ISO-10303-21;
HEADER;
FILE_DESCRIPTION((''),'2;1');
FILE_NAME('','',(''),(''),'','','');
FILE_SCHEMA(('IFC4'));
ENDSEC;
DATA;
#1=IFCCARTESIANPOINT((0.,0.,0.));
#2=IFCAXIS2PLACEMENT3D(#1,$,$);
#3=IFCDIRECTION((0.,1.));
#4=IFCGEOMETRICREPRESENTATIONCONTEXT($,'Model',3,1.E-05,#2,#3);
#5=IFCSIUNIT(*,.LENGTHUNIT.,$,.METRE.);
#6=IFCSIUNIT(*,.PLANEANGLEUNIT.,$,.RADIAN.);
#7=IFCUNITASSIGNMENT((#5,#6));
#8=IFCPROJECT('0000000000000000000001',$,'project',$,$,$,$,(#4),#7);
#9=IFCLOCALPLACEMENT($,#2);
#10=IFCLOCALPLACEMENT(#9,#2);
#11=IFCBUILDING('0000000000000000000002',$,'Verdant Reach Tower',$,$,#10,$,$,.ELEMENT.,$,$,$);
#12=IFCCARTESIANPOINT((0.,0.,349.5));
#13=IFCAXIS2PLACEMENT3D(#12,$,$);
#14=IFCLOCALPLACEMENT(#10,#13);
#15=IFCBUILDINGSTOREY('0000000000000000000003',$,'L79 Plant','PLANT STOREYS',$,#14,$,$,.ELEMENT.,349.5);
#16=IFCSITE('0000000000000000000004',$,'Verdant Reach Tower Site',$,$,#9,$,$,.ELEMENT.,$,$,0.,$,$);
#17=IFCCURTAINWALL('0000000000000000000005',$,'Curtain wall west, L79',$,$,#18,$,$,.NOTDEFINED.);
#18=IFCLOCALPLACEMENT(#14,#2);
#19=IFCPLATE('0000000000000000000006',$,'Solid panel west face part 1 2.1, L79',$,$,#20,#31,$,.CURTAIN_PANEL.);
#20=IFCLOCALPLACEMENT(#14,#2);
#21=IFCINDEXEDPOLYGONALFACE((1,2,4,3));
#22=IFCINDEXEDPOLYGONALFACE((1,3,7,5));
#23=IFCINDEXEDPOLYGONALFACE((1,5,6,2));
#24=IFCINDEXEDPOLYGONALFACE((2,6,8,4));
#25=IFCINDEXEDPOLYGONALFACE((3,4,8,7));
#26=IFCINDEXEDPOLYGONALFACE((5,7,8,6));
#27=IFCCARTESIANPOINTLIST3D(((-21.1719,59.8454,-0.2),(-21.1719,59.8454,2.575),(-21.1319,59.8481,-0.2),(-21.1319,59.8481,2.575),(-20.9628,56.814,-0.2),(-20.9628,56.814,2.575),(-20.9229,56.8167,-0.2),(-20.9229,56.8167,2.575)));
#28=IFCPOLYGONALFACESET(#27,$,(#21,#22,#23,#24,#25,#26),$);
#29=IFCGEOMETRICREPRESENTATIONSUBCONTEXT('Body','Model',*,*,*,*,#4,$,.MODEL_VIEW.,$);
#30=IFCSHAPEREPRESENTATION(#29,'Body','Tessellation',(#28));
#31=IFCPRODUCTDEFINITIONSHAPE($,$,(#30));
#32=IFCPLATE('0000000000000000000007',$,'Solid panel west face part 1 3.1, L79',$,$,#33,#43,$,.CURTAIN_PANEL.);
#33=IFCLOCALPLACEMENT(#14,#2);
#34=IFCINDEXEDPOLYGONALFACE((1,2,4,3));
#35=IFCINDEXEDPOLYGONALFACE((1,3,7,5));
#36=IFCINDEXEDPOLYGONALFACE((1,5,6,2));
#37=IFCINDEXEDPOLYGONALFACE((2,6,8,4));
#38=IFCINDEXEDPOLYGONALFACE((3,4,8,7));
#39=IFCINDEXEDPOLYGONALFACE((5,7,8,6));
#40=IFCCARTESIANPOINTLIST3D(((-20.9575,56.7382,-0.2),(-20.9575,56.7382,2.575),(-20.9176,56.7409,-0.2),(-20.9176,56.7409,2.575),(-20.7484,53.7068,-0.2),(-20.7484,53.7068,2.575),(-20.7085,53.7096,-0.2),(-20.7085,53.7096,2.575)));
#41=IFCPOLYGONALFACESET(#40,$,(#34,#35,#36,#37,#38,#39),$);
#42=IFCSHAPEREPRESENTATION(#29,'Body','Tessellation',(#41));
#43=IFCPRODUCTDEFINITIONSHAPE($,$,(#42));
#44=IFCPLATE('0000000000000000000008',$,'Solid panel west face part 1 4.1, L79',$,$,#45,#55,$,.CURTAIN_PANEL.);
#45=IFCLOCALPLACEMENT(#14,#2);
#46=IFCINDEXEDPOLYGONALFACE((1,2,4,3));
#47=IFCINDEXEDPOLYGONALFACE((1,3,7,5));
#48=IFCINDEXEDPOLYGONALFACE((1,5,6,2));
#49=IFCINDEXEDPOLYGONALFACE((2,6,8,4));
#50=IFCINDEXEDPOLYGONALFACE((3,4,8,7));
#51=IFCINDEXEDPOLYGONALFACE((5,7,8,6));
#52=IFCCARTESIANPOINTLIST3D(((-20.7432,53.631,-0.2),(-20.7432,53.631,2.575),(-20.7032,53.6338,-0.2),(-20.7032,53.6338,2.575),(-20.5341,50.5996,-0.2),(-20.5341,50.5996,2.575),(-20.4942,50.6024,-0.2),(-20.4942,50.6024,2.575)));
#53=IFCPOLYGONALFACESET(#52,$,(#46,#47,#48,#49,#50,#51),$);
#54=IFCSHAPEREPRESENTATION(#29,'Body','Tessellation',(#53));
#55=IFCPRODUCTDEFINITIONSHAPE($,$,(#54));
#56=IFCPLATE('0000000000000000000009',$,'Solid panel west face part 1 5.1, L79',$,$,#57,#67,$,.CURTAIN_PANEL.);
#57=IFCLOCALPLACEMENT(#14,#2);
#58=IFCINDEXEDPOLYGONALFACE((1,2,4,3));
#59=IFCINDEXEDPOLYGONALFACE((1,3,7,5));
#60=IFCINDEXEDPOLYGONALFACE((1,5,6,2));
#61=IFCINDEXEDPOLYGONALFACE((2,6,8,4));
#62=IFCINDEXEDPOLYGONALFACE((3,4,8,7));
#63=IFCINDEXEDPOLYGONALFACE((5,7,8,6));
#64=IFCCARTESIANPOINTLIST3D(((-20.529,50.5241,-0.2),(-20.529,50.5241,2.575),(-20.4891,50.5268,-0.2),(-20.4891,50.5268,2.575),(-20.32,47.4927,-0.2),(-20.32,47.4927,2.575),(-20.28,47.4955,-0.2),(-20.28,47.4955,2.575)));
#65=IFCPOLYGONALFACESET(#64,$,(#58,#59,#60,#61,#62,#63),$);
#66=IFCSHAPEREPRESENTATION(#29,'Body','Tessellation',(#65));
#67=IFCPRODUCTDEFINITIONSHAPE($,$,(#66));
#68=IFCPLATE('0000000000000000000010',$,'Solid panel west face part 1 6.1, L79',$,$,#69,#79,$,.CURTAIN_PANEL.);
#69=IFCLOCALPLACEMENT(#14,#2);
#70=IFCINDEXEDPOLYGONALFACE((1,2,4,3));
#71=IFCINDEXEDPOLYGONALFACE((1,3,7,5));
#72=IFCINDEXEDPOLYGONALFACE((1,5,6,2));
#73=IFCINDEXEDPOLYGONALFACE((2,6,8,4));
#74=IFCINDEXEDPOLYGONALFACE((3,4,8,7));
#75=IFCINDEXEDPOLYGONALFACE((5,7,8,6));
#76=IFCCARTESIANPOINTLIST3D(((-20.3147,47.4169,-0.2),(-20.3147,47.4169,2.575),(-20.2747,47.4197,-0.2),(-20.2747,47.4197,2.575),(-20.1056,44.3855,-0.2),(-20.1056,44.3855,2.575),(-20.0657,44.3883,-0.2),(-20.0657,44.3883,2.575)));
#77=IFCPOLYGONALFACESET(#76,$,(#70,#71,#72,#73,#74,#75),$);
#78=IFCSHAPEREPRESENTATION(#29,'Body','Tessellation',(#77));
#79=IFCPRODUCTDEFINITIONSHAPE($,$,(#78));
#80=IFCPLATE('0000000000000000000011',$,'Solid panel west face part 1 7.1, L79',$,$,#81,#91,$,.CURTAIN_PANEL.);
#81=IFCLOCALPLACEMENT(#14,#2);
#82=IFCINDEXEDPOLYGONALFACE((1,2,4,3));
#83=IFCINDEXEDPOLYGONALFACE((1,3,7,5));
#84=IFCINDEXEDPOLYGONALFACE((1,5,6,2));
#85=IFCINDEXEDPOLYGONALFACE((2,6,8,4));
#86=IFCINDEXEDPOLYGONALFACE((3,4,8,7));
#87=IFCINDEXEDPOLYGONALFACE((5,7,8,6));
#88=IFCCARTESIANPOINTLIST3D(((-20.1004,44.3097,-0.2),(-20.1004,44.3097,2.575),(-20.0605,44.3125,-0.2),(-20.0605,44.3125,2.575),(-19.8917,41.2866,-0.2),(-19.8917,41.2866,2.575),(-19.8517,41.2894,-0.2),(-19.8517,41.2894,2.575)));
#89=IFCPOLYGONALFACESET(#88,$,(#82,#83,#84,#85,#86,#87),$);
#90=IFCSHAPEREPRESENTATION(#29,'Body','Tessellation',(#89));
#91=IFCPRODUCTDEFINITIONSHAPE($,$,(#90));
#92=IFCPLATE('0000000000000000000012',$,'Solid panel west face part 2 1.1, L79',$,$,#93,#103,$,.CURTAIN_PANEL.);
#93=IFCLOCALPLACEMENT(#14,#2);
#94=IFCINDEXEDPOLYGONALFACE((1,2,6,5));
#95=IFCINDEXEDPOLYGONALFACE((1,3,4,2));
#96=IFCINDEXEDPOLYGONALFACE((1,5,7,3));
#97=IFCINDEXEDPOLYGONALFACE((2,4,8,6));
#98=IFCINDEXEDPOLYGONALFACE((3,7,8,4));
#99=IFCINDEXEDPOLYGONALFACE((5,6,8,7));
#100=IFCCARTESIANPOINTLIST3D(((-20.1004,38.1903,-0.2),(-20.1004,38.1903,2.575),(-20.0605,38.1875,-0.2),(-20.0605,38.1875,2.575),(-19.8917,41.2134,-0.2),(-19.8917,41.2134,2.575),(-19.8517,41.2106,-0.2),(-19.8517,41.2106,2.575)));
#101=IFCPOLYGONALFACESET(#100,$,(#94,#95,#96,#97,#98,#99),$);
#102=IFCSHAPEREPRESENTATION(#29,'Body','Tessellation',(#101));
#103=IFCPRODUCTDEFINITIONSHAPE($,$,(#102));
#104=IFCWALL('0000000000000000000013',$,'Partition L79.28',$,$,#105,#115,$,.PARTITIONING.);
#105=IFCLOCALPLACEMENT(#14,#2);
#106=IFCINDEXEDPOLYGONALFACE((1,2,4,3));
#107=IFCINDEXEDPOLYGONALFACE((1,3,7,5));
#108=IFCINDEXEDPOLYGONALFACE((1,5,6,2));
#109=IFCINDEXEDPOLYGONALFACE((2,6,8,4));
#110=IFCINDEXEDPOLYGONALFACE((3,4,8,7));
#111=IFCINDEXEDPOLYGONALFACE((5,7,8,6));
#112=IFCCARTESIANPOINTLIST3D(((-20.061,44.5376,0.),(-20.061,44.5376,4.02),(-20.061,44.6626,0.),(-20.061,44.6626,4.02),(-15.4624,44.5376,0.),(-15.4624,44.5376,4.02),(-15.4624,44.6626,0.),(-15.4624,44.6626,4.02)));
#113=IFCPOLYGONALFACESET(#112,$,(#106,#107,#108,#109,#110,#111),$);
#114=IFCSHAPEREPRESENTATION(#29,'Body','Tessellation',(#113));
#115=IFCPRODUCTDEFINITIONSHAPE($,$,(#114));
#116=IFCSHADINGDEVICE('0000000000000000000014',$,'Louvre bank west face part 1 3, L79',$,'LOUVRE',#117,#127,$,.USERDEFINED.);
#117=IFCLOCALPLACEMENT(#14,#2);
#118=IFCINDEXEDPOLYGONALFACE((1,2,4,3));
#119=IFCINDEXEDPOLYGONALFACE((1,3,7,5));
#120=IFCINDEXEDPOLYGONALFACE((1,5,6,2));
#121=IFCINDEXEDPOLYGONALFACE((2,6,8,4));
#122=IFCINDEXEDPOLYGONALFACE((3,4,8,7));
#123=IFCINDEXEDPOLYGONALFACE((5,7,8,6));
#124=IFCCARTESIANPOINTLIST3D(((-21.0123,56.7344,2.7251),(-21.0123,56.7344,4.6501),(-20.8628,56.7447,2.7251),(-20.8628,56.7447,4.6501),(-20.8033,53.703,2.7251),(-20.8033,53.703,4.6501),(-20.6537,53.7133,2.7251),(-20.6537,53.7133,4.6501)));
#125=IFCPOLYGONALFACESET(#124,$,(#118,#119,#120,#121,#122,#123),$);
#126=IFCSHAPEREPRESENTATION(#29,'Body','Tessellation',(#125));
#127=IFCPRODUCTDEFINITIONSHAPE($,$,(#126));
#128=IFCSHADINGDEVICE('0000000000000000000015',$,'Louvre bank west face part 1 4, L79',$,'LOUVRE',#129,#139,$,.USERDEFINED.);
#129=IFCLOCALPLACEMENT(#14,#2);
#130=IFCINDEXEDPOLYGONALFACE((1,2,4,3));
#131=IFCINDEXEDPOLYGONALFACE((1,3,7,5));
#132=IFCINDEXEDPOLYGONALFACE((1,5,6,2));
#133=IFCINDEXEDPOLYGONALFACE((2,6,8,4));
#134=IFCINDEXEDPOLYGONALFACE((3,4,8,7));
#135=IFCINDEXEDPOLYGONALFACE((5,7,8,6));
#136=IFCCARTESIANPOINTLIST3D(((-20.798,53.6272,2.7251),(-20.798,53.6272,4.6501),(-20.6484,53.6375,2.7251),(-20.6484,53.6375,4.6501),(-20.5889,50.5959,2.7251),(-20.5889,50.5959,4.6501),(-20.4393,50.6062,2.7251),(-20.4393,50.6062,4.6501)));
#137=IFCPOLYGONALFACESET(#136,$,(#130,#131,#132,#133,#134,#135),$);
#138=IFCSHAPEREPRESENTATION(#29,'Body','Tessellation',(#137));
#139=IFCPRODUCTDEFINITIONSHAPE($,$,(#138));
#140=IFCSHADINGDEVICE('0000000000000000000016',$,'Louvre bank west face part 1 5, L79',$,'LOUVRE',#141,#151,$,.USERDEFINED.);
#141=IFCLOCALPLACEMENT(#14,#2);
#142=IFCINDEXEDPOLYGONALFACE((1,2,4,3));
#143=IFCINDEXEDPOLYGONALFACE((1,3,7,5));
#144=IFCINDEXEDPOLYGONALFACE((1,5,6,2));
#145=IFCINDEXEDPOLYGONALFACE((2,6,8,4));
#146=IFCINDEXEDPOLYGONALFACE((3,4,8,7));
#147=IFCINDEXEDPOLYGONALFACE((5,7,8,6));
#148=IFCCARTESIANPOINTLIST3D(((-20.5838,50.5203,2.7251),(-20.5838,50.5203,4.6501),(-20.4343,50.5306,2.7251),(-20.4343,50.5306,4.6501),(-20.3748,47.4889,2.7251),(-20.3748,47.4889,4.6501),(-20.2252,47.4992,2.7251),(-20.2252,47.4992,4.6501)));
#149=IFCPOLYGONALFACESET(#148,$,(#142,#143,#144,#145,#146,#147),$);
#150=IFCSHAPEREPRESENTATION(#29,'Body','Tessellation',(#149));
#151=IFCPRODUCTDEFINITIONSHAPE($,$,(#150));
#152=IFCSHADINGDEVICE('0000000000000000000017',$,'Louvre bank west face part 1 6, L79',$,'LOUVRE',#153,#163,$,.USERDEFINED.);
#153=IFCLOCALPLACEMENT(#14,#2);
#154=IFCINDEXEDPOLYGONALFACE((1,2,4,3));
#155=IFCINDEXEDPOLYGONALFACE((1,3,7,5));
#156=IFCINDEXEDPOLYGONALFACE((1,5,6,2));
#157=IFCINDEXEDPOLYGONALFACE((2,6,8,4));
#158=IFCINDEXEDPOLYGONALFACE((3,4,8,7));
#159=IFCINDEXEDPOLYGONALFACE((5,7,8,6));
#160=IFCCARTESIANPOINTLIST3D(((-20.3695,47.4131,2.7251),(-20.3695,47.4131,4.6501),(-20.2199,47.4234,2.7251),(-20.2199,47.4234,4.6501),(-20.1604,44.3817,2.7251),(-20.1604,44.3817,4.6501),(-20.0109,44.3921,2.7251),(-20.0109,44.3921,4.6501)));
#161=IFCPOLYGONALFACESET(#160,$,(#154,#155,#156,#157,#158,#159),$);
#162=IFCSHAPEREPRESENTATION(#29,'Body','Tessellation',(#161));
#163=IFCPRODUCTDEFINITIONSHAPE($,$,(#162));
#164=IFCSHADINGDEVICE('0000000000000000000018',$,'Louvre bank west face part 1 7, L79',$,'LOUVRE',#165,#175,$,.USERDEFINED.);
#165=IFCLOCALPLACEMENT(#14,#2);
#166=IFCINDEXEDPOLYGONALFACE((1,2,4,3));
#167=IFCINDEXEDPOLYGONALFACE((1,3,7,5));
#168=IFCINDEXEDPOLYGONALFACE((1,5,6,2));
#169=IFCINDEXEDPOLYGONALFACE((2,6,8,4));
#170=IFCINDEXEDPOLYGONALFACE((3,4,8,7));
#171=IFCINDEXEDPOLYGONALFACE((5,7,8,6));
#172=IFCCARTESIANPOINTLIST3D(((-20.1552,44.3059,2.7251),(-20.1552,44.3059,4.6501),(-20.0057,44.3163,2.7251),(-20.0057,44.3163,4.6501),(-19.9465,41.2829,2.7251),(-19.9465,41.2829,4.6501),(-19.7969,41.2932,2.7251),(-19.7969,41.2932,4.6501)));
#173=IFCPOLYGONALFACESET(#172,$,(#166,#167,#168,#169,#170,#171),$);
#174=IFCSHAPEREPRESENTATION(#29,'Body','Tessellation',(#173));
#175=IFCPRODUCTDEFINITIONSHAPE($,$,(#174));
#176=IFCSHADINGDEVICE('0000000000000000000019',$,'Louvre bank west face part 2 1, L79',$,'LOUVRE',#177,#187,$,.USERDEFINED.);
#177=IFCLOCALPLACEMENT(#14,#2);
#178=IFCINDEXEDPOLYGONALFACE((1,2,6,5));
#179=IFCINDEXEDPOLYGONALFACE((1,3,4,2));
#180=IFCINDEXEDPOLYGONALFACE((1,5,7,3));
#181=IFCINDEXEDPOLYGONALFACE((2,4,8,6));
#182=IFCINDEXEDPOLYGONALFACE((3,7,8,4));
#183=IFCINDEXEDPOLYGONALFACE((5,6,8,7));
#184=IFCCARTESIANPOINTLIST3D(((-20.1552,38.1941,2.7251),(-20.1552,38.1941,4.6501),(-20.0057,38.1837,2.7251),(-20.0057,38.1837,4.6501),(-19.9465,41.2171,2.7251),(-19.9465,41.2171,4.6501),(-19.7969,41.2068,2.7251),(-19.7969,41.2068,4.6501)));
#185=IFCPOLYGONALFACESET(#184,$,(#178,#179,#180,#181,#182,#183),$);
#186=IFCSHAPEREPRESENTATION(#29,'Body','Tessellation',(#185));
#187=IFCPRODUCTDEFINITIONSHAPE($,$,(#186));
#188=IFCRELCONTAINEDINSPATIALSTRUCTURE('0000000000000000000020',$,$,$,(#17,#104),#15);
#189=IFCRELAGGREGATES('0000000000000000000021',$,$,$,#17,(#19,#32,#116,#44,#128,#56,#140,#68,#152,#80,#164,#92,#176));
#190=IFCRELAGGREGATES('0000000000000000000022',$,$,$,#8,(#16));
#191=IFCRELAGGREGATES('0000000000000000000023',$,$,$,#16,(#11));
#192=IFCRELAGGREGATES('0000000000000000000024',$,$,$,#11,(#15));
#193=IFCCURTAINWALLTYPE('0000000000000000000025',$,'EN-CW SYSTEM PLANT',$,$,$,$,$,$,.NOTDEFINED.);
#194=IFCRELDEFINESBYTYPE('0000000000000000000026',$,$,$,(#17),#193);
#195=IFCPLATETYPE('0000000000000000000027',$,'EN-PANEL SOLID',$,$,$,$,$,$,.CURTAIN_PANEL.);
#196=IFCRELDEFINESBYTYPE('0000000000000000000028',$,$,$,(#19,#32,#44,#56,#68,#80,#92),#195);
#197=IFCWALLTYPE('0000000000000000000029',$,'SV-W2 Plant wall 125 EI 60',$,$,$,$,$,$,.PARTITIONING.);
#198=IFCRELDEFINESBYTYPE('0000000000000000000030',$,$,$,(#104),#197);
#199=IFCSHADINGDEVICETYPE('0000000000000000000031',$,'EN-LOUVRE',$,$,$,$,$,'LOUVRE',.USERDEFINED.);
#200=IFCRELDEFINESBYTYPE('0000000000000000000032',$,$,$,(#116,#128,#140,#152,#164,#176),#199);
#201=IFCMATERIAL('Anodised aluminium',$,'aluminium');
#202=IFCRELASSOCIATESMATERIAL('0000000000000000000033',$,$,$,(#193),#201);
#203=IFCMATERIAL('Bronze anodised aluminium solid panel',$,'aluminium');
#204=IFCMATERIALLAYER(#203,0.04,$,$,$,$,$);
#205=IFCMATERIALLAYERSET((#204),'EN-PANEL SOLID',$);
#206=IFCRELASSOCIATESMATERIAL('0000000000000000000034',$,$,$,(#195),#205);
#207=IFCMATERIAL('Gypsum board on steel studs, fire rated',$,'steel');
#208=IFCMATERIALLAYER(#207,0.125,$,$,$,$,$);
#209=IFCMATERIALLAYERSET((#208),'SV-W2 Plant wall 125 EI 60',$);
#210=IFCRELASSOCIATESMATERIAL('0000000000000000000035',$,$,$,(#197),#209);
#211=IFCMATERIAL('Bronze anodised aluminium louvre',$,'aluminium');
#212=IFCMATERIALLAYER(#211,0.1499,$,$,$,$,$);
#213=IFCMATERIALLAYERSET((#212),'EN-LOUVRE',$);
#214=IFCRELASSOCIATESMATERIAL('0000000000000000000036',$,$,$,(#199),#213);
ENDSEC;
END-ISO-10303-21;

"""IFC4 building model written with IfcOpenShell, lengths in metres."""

from ifc_helpers import new_model, si_unit, direction, frame, frame_2d, origin, origin_2d, place, context, subcontext, project, spatial, rectangle, extrude, material, layer, layer_set, type_object, element, aggregate, save


model = new_model("IFC4")

# Units and contexts
model_context = context("Model", 3, precision=1e-05, world=origin(), true_north=direction((0.0, 1.0)))
body_context = subcontext(model_context, "Body", "Model", "MODEL_VIEW")
ifc_project = project(units=[si_unit("LENGTHUNIT", "METRE"), si_unit("PLANEANGLEUNIT", "RADIAN")], contexts=[model_context])

# Site, building, storey
site_placement = place(None, origin())
site = spatial("IfcSite", under=ifc_project, at=site_placement, Name="Verdant Reach Tower Site", CompositionType="ELEMENT", RefElevation=0.0)
building_placement = place(site_placement, origin())
building = spatial("IfcBuilding", under=site, at=building_placement, Name="Verdant Reach Tower", CompositionType="ELEMENT")
storey_placement = place(building_placement, frame((0.0, 0.0, 349.5)))
storey = spatial("IfcBuildingStorey", under=building, at=storey_placement, Name="L79 Plant", Description="PLANT STOREYS", CompositionType="ELEMENT", Elevation=349.5)

# Curtain wall
ifc_material_1 = material(Name="Anodised aluminium", Category="aluminium")
curtain_wall_type = type_object("IfcCurtainWallType", Name="EN-CW SYSTEM PLANT", PredefinedType="NOTDEFINED", material=ifc_material_1)
curtain_wall_placement = place(storey_placement, origin())
curtain_wall = element("IfcCurtainWall", 1, at=curtain_wall_placement, inside=storey, type_object=curtain_wall_type, Name="Curtain wall west, L79", PredefinedType="NOTDEFINED")

# Plates
ifc_material_2 = material(Name="Bronze anodised aluminium solid panel", Category="aluminium")
ifc_layer_1 = layer(ifc_material_2, 0.04)
ifc_layer_set_1 = layer_set([ifc_layer_1], Name="EN-PANEL SOLID")
plate_type = type_object("IfcPlateType", Name="EN-PANEL SOLID", PredefinedType="CURTAIN_PANEL", material=ifc_layer_set_1)
plate_1_placement = place(storey_placement, frame((-21.0474, 58.3311, -0.2), z_axis=(0.0, 0.0, 1.0), x_axis=(0.068802, -0.99763, 0.0)))
plate_1 = element("IfcPlate", 2, at=plate_1_placement, type_object=plate_type, Name="Solid panel west face part 1 2.1, L79", PredefinedType="CURTAIN_PANEL", context=body_context, shape_type="SweptSolid", body=[
    extrude(rectangle(XDim=3.0386, YDim=0.04, at=origin_2d()), origin(), (0.0, 0.0, 1.0), 2.7749),
])
plate_2_placement = place(storey_placement, frame((-20.833, 55.2239, -0.2), z_axis=(0.0, 0.0, 1.0), x_axis=(0.068802, -0.99763, 0.0)))
plate_2 = element("IfcPlate", 3, at=plate_2_placement, type_object=plate_type, Name="Solid panel west face part 1 3.1, L79", PredefinedType="CURTAIN_PANEL", context=body_context, shape_type="SweptSolid", body=[
    extrude(rectangle(XDim=3.0386, YDim=0.04, at=origin_2d()), origin(), (0.0, 0.0, 1.0), 2.7749),
])
plate_3_placement = place(storey_placement, frame((-20.6187, 52.1167, -0.2), z_axis=(0.0, 0.0, 1.0), x_axis=(0.068802, -0.99763, 0.0)))
plate_3 = element("IfcPlate", 4, at=plate_3_placement, type_object=plate_type, Name="Solid panel west face part 1 4.1, L79", PredefinedType="CURTAIN_PANEL", context=body_context, shape_type="SweptSolid", body=[
    extrude(rectangle(XDim=3.0386, YDim=0.04, at=origin_2d()), origin(), (0.0, 0.0, 1.0), 2.7749),
])
plate_4_placement = place(storey_placement, frame((-20.4045, 49.0098, -0.2), z_axis=(0.0, 0.0, 1.0), x_axis=(0.068802, -0.99763, 0.0)))
plate_4 = element("IfcPlate", 5, at=plate_4_placement, type_object=plate_type, Name="Solid panel west face part 1 5.1, L79", PredefinedType="CURTAIN_PANEL", context=body_context, shape_type="SweptSolid", body=[
    extrude(rectangle(XDim=3.0386, YDim=0.04, at=origin_2d()), origin(), (0.0, 0.0, 1.0), 2.7749),
])
plate_5_placement = place(storey_placement, frame((-20.1902, 45.9026, -0.2), z_axis=(0.0, 0.0, 1.0), x_axis=(0.068802, -0.99763, 0.0)))
plate_5 = element("IfcPlate", 6, at=plate_5_placement, type_object=plate_type, Name="Solid panel west face part 1 6.1, L79", PredefinedType="CURTAIN_PANEL", context=body_context, shape_type="SweptSolid", body=[
    extrude(rectangle(XDim=3.0386, YDim=0.04, at=origin_2d()), origin(), (0.0, 0.0, 1.0), 2.7749),
])
plate_6_placement = place(storey_placement, frame((-19.9761, 42.7996, -0.2), z_axis=(0.0, 0.0, 1.0), x_axis=(0.068893, -0.997624, 0.0)))
plate_6 = element("IfcPlate", 7, at=plate_6_placement, type_object=plate_type, Name="Solid panel west face part 1 7.1, L79", PredefinedType="CURTAIN_PANEL", context=body_context, shape_type="SweptSolid", body=[
    extrude(rectangle(XDim=3.0303, YDim=0.04, at=origin_2d()), origin(), (0.0, 0.0, 1.0), 2.7749),
])
plate_7_placement = place(storey_placement, frame((-19.9761, 39.7004, -0.2), z_axis=(0.0, 0.0, 1.0), x_axis=(-0.068893, -0.997624, 0.0)))
plate_7 = element("IfcPlate", 8, at=plate_7_placement, type_object=plate_type, Name="Solid panel west face part 2 1.1, L79", PredefinedType="CURTAIN_PANEL", context=body_context, shape_type="SweptSolid", body=[
    extrude(rectangle(XDim=3.0303, YDim=0.04, at=origin_2d()), origin(), (0.0, 0.0, 1.0), 2.7749),
])

# Wall
ifc_material_3 = material(Name="Gypsum board on steel studs, fire rated", Category="steel")
ifc_layer_2 = layer(ifc_material_3, 0.125)
ifc_layer_set_2 = layer_set([ifc_layer_2], Name="SV-W2 Plant wall 125 EI 60")
wall_type = type_object("IfcWallType", Name="SV-W2 Plant wall 125 EI 60", PredefinedType="PARTITIONING", material=ifc_layer_set_2)
wall_placement = place(storey_placement, frame((-20.061, 44.6001, 0.0), z_axis=(0.0, 0.0, 1.0), x_axis=(1.0, 0.0, 0.0)))
element("IfcWall", 9, at=wall_placement, inside=storey, type_object=wall_type, Name="Partition L79.28", PredefinedType="PARTITIONING", context=body_context, shape_type="SweptSolid", body=[
    extrude(rectangle(XDim=4.5986, YDim=0.125, at=frame_2d((2.2993, 0.0))), origin(), (0.0, 0.0, 1.0), 4.02),
])

# Shading devices
ifc_material_4 = material(Name="Bronze anodised aluminium louvre", Category="aluminium")
ifc_layer_3 = layer(ifc_material_4, 0.1499)
ifc_layer_set_3 = layer_set([ifc_layer_3], Name="EN-LOUVRE")
shading_device_type = type_object("IfcShadingDeviceType", Name="EN-LOUVRE", ElementType="LOUVRE", PredefinedType="USERDEFINED", material=ifc_layer_set_3)
shading_device_1_placement = place(storey_placement, frame((-20.833, 55.2239, 2.7251), z_axis=(0.0, 0.0, 1.0), x_axis=(0.068802, -0.99763, 0.0)))
shading_device_1 = element("IfcShadingDevice", 10, at=shading_device_1_placement, type_object=shading_device_type, Name="Louvre bank west face part 1 3, L79", ObjectType="LOUVRE", PredefinedType="USERDEFINED", context=body_context, shape_type="SweptSolid", body=[
    extrude(rectangle(XDim=3.0386, YDim=0.1499, at=origin_2d()), origin(), (0.0, 0.0, 1.0), 1.925),
])
shading_device_2_placement = place(storey_placement, frame((-20.6187, 52.1167, 2.7251), z_axis=(0.0, 0.0, 1.0), x_axis=(0.068802, -0.99763, 0.0)))
shading_device_2 = element("IfcShadingDevice", 11, at=shading_device_2_placement, type_object=shading_device_type, Name="Louvre bank west face part 1 4, L79", ObjectType="LOUVRE", PredefinedType="USERDEFINED", context=body_context, shape_type="SweptSolid", body=[
    extrude(rectangle(XDim=3.0386, YDim=0.1499, at=origin_2d()), origin(), (0.0, 0.0, 1.0), 1.925),
])
shading_device_3_placement = place(storey_placement, frame((-20.4045, 49.0098, 2.7251), z_axis=(0.0, 0.0, 1.0), x_axis=(0.068802, -0.99763, 0.0)))
shading_device_3 = element("IfcShadingDevice", 12, at=shading_device_3_placement, type_object=shading_device_type, Name="Louvre bank west face part 1 5, L79", ObjectType="LOUVRE", PredefinedType="USERDEFINED", context=body_context, shape_type="SweptSolid", body=[
    extrude(rectangle(XDim=3.0386, YDim=0.1499, at=origin_2d()), origin(), (0.0, 0.0, 1.0), 1.925),
])
shading_device_4_placement = place(storey_placement, frame((-20.1902, 45.9026, 2.7251), z_axis=(0.0, 0.0, 1.0), x_axis=(0.068802, -0.99763, 0.0)))
shading_device_4 = element("IfcShadingDevice", 13, at=shading_device_4_placement, type_object=shading_device_type, Name="Louvre bank west face part 1 6, L79", ObjectType="LOUVRE", PredefinedType="USERDEFINED", context=body_context, shape_type="SweptSolid", body=[
    extrude(rectangle(XDim=3.0386, YDim=0.1499, at=origin_2d()), origin(), (0.0, 0.0, 1.0), 1.925),
])
shading_device_5_placement = place(storey_placement, frame((-19.9761, 42.7996, 2.7251), z_axis=(0.0, 0.0, 1.0), x_axis=(0.068893, -0.997624, 0.0)))
shading_device_5 = element("IfcShadingDevice", 14, at=shading_device_5_placement, type_object=shading_device_type, Name="Louvre bank west face part 1 7, L79", ObjectType="LOUVRE", PredefinedType="USERDEFINED", context=body_context, shape_type="SweptSolid", body=[
    extrude(rectangle(XDim=3.0303, YDim=0.1499, at=origin_2d()), origin(), (0.0, 0.0, 1.0), 1.925),
])
shading_device_6_placement = place(storey_placement, frame((-19.9761, 39.7004, 2.7251), z_axis=(0.0, 0.0, 1.0), x_axis=(-0.068893, -0.997624, 0.0)))
shading_device_6 = element("IfcShadingDevice", 15, at=shading_device_6_placement, type_object=shading_device_type, Name="Louvre bank west face part 2 1, L79", ObjectType="LOUVRE", PredefinedType="USERDEFINED", context=body_context, shape_type="SweptSolid", body=[
    extrude(rectangle(XDim=3.0303, YDim=0.1499, at=origin_2d()), origin(), (0.0, 0.0, 1.0), 1.925),
])
aggregate(curtain_wall, [plate_1, plate_2, shading_device_1, plate_3, shading_device_2, plate_4, shading_device_3, plate_5, shading_device_4, plate_6, shading_device_5, plate_7, shading_device_6])

save(model, "model.ifc")
